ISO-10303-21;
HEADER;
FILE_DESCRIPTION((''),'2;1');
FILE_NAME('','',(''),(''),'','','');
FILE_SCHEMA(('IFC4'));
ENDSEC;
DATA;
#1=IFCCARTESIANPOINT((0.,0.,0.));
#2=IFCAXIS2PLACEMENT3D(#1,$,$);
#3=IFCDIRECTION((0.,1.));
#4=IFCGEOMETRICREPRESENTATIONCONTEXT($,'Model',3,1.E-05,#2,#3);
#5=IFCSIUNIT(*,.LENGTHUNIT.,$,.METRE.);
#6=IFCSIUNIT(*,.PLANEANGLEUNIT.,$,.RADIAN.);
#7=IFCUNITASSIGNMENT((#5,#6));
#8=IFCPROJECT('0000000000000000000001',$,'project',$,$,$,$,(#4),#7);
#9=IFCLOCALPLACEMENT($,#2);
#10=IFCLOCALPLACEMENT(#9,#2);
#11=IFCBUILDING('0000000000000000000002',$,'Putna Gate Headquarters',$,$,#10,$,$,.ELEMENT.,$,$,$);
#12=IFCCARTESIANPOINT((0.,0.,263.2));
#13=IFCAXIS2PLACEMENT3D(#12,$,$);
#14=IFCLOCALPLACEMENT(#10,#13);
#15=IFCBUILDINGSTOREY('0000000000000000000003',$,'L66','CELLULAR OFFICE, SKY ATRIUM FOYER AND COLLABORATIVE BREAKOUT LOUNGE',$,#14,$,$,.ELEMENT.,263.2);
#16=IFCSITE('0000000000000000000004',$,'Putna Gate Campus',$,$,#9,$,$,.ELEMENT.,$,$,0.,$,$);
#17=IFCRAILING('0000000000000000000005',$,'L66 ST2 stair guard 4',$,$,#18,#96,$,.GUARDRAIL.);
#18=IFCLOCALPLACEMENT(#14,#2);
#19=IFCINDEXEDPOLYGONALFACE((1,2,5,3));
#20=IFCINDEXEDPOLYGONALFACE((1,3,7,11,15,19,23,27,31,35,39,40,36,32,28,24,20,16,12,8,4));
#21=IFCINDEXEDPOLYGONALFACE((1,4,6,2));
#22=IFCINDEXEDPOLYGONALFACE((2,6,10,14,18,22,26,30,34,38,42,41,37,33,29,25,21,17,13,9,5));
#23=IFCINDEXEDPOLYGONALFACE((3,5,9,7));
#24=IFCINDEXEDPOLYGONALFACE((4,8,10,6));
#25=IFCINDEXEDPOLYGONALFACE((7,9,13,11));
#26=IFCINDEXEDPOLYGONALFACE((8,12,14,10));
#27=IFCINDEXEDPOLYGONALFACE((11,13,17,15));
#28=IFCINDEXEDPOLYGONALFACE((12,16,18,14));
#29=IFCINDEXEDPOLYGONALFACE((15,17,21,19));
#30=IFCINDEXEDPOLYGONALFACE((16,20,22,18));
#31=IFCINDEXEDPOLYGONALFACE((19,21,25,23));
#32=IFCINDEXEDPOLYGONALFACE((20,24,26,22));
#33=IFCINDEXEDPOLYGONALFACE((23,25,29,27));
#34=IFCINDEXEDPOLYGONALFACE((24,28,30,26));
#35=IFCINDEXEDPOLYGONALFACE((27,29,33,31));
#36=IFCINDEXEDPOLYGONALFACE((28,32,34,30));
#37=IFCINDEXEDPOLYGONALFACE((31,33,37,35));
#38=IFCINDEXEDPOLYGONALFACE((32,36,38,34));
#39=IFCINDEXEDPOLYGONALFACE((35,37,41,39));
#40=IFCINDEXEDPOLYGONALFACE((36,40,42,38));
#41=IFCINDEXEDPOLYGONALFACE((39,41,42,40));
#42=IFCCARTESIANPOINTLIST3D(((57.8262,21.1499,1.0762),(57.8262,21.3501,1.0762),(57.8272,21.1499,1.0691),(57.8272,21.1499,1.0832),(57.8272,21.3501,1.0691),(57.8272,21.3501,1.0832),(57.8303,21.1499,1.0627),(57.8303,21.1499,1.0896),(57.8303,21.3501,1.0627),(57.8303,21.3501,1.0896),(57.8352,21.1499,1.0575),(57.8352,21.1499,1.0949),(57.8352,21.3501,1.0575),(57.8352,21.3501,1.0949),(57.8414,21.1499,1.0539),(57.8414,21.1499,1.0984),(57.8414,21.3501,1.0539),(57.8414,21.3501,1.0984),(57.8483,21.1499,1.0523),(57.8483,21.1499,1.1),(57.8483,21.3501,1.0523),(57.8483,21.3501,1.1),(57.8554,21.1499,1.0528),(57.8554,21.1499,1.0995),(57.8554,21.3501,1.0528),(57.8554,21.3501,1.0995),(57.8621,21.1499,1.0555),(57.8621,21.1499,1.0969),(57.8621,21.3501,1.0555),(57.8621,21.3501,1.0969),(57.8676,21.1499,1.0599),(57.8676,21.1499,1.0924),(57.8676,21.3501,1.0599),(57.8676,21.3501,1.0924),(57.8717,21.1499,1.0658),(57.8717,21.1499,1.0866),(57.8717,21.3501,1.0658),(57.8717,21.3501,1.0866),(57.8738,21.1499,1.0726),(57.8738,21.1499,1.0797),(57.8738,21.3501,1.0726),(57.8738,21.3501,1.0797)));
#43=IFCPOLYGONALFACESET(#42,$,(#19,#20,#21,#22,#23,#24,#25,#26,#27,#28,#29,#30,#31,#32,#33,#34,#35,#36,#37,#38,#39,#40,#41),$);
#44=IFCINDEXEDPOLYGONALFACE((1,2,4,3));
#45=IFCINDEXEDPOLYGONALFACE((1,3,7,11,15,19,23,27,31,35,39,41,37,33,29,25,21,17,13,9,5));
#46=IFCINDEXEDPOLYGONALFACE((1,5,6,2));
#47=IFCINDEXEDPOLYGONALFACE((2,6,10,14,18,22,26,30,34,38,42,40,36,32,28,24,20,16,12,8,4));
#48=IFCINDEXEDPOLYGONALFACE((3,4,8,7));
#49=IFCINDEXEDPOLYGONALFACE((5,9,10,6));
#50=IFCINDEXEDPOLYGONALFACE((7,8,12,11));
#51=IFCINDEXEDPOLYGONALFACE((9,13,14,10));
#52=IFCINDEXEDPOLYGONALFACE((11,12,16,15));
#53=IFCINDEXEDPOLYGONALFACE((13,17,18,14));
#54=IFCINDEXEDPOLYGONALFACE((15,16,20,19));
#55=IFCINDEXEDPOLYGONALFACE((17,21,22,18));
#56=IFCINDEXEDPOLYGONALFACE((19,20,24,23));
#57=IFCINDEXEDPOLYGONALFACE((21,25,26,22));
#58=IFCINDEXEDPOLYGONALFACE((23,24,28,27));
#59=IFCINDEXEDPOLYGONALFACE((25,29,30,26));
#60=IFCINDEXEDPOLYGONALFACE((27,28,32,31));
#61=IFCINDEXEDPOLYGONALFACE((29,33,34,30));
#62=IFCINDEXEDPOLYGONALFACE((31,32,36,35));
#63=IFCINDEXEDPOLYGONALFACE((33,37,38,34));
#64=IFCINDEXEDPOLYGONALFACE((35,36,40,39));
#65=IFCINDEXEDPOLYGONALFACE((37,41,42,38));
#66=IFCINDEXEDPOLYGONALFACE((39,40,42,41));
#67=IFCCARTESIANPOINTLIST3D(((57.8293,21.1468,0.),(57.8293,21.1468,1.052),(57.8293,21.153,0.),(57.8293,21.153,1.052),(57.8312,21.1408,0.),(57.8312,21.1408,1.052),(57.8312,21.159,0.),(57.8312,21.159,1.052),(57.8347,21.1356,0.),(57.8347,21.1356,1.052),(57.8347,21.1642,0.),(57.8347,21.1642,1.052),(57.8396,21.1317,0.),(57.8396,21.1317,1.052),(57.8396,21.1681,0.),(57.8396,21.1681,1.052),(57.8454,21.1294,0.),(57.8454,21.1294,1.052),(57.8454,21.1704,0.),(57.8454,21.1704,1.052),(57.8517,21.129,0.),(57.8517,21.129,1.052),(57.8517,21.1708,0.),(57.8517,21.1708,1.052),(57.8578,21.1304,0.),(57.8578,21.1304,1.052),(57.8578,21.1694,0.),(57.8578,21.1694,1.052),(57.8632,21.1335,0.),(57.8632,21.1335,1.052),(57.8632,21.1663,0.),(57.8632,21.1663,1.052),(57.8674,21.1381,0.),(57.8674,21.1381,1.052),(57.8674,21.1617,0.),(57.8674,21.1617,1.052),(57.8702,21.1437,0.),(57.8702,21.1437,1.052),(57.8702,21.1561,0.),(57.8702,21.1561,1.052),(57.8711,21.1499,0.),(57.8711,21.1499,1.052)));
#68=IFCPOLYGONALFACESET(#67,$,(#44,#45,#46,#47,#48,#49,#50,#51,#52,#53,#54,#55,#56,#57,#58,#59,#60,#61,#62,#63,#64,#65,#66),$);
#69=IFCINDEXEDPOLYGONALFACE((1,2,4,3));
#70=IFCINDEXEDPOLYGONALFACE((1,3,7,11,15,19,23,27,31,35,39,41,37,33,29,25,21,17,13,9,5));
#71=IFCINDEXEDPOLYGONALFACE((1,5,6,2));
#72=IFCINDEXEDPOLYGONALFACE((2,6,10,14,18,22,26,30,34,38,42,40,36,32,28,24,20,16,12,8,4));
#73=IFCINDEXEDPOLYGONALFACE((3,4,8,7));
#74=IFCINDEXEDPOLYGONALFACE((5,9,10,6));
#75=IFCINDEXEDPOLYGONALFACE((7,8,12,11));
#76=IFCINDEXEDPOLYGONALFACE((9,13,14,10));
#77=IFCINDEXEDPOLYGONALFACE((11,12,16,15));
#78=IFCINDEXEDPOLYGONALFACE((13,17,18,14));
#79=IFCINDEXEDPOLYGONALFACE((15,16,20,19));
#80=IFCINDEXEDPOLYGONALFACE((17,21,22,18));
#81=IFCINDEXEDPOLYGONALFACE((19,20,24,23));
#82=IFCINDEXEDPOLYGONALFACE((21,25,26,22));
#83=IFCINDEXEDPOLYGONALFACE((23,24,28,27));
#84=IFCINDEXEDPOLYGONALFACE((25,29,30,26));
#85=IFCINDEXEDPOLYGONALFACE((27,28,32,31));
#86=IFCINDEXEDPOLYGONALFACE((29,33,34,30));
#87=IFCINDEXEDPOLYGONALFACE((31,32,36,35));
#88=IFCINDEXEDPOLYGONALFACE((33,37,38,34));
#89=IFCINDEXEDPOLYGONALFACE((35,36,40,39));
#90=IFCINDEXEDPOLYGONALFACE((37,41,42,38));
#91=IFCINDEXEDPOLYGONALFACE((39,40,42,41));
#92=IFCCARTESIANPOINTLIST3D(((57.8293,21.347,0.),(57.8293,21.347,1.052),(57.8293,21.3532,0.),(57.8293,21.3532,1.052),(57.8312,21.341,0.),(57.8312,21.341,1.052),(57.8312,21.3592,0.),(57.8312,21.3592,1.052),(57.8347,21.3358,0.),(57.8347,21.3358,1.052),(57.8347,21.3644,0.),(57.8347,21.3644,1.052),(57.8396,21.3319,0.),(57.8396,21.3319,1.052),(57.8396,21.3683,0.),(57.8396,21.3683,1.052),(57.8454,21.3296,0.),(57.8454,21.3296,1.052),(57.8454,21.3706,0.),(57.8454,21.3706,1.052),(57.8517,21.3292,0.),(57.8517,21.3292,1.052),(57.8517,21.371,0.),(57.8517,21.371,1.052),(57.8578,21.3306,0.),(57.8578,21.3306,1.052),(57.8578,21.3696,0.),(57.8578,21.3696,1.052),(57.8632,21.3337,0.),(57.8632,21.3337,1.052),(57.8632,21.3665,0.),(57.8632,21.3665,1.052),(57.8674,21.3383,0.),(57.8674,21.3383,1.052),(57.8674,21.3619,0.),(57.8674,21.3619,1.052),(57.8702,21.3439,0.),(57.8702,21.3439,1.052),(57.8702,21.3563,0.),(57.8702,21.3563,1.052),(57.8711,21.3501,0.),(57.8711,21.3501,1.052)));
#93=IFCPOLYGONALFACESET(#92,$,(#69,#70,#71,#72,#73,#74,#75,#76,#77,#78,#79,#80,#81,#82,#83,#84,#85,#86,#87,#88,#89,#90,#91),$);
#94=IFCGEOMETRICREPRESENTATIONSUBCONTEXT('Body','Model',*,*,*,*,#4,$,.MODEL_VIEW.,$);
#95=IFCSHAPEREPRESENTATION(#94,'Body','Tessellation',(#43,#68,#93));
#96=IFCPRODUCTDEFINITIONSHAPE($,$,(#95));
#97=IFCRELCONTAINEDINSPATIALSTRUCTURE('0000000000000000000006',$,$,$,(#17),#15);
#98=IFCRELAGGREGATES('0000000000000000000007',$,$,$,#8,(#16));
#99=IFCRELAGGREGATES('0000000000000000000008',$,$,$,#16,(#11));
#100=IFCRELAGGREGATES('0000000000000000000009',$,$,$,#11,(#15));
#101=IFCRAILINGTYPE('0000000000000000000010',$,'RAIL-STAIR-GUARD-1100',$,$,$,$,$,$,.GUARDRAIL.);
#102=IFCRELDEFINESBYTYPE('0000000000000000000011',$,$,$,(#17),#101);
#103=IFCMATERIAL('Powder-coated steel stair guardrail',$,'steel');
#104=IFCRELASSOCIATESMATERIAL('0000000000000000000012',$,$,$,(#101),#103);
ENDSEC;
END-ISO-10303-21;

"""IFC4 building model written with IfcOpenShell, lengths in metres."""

from ifc_helpers import new_model, si_unit, direction, frame, origin, origin_2d, place, context, subcontext, project, spatial, circle, extrude, material, type_object, element, save


model = new_model("IFC4")

# Units and contexts
model_context = context("Model", 3, precision=1e-05, world=origin(), true_north=direction((0.0, 1.0)))
body_context = subcontext(model_context, "Body", "Model", "MODEL_VIEW")
ifc_project = project(units=[si_unit("LENGTHUNIT", "METRE"), si_unit("PLANEANGLEUNIT", "RADIAN")], contexts=[model_context])

# Site, building, storey
site_placement = place(None, origin())
site = spatial("IfcSite", under=ifc_project, at=site_placement, Name="Putna Gate Campus", CompositionType="ELEMENT", RefElevation=0.0)
building_placement = place(site_placement, origin())
building = spatial("IfcBuilding", under=site, at=building_placement, Name="Putna Gate Headquarters", CompositionType="ELEMENT")
storey_placement = place(building_placement, frame((0.0, 0.0, 263.2)))
storey = spatial("IfcBuildingStorey", under=building, at=storey_placement, Name="L66", Description="CELLULAR OFFICE, SKY ATRIUM FOYER AND COLLABORATIVE BREAKOUT LOUNGE", CompositionType="ELEMENT", Elevation=263.2)

# Railing
ifc_material_1 = material(Name="Powder-coated steel stair guardrail", Category="steel")
railing_type_1 = type_object("IfcRailingType", Name="RAIL-STAIR-GUARD-1100", PredefinedType="GUARDRAIL", material=ifc_material_1)
railing_1_placement = place(storey_placement, frame((57.8501, 21.1499, 0.0)))
element("IfcRailing", 1, at=railing_1_placement, inside=storey, type_object=railing_type_1, Name="L66 ST2 stair guard 4", PredefinedType="GUARDRAIL", context=body_context, shape_type="SweptSolid", body=[
    extrude(circle(Radius=0.0239, at=origin_2d()), frame((0.0, 0.0, 1.0762), z_axis=(0.0, 1.0, 0.0), x_axis=(-1.0, 0.0, 0.0)), (0.0, 0.0, 1.0), 0.2002),
    extrude(circle(Radius=0.021, at=origin_2d()), origin(), (0.0, 0.0, 1.0), 1.052),
    extrude(circle(Radius=0.021, at=origin_2d()), frame((0.0, 0.2002, 0.0)), (0.0, 0.0, 1.0), 1.052),
])

save(model, "model.ifc")
